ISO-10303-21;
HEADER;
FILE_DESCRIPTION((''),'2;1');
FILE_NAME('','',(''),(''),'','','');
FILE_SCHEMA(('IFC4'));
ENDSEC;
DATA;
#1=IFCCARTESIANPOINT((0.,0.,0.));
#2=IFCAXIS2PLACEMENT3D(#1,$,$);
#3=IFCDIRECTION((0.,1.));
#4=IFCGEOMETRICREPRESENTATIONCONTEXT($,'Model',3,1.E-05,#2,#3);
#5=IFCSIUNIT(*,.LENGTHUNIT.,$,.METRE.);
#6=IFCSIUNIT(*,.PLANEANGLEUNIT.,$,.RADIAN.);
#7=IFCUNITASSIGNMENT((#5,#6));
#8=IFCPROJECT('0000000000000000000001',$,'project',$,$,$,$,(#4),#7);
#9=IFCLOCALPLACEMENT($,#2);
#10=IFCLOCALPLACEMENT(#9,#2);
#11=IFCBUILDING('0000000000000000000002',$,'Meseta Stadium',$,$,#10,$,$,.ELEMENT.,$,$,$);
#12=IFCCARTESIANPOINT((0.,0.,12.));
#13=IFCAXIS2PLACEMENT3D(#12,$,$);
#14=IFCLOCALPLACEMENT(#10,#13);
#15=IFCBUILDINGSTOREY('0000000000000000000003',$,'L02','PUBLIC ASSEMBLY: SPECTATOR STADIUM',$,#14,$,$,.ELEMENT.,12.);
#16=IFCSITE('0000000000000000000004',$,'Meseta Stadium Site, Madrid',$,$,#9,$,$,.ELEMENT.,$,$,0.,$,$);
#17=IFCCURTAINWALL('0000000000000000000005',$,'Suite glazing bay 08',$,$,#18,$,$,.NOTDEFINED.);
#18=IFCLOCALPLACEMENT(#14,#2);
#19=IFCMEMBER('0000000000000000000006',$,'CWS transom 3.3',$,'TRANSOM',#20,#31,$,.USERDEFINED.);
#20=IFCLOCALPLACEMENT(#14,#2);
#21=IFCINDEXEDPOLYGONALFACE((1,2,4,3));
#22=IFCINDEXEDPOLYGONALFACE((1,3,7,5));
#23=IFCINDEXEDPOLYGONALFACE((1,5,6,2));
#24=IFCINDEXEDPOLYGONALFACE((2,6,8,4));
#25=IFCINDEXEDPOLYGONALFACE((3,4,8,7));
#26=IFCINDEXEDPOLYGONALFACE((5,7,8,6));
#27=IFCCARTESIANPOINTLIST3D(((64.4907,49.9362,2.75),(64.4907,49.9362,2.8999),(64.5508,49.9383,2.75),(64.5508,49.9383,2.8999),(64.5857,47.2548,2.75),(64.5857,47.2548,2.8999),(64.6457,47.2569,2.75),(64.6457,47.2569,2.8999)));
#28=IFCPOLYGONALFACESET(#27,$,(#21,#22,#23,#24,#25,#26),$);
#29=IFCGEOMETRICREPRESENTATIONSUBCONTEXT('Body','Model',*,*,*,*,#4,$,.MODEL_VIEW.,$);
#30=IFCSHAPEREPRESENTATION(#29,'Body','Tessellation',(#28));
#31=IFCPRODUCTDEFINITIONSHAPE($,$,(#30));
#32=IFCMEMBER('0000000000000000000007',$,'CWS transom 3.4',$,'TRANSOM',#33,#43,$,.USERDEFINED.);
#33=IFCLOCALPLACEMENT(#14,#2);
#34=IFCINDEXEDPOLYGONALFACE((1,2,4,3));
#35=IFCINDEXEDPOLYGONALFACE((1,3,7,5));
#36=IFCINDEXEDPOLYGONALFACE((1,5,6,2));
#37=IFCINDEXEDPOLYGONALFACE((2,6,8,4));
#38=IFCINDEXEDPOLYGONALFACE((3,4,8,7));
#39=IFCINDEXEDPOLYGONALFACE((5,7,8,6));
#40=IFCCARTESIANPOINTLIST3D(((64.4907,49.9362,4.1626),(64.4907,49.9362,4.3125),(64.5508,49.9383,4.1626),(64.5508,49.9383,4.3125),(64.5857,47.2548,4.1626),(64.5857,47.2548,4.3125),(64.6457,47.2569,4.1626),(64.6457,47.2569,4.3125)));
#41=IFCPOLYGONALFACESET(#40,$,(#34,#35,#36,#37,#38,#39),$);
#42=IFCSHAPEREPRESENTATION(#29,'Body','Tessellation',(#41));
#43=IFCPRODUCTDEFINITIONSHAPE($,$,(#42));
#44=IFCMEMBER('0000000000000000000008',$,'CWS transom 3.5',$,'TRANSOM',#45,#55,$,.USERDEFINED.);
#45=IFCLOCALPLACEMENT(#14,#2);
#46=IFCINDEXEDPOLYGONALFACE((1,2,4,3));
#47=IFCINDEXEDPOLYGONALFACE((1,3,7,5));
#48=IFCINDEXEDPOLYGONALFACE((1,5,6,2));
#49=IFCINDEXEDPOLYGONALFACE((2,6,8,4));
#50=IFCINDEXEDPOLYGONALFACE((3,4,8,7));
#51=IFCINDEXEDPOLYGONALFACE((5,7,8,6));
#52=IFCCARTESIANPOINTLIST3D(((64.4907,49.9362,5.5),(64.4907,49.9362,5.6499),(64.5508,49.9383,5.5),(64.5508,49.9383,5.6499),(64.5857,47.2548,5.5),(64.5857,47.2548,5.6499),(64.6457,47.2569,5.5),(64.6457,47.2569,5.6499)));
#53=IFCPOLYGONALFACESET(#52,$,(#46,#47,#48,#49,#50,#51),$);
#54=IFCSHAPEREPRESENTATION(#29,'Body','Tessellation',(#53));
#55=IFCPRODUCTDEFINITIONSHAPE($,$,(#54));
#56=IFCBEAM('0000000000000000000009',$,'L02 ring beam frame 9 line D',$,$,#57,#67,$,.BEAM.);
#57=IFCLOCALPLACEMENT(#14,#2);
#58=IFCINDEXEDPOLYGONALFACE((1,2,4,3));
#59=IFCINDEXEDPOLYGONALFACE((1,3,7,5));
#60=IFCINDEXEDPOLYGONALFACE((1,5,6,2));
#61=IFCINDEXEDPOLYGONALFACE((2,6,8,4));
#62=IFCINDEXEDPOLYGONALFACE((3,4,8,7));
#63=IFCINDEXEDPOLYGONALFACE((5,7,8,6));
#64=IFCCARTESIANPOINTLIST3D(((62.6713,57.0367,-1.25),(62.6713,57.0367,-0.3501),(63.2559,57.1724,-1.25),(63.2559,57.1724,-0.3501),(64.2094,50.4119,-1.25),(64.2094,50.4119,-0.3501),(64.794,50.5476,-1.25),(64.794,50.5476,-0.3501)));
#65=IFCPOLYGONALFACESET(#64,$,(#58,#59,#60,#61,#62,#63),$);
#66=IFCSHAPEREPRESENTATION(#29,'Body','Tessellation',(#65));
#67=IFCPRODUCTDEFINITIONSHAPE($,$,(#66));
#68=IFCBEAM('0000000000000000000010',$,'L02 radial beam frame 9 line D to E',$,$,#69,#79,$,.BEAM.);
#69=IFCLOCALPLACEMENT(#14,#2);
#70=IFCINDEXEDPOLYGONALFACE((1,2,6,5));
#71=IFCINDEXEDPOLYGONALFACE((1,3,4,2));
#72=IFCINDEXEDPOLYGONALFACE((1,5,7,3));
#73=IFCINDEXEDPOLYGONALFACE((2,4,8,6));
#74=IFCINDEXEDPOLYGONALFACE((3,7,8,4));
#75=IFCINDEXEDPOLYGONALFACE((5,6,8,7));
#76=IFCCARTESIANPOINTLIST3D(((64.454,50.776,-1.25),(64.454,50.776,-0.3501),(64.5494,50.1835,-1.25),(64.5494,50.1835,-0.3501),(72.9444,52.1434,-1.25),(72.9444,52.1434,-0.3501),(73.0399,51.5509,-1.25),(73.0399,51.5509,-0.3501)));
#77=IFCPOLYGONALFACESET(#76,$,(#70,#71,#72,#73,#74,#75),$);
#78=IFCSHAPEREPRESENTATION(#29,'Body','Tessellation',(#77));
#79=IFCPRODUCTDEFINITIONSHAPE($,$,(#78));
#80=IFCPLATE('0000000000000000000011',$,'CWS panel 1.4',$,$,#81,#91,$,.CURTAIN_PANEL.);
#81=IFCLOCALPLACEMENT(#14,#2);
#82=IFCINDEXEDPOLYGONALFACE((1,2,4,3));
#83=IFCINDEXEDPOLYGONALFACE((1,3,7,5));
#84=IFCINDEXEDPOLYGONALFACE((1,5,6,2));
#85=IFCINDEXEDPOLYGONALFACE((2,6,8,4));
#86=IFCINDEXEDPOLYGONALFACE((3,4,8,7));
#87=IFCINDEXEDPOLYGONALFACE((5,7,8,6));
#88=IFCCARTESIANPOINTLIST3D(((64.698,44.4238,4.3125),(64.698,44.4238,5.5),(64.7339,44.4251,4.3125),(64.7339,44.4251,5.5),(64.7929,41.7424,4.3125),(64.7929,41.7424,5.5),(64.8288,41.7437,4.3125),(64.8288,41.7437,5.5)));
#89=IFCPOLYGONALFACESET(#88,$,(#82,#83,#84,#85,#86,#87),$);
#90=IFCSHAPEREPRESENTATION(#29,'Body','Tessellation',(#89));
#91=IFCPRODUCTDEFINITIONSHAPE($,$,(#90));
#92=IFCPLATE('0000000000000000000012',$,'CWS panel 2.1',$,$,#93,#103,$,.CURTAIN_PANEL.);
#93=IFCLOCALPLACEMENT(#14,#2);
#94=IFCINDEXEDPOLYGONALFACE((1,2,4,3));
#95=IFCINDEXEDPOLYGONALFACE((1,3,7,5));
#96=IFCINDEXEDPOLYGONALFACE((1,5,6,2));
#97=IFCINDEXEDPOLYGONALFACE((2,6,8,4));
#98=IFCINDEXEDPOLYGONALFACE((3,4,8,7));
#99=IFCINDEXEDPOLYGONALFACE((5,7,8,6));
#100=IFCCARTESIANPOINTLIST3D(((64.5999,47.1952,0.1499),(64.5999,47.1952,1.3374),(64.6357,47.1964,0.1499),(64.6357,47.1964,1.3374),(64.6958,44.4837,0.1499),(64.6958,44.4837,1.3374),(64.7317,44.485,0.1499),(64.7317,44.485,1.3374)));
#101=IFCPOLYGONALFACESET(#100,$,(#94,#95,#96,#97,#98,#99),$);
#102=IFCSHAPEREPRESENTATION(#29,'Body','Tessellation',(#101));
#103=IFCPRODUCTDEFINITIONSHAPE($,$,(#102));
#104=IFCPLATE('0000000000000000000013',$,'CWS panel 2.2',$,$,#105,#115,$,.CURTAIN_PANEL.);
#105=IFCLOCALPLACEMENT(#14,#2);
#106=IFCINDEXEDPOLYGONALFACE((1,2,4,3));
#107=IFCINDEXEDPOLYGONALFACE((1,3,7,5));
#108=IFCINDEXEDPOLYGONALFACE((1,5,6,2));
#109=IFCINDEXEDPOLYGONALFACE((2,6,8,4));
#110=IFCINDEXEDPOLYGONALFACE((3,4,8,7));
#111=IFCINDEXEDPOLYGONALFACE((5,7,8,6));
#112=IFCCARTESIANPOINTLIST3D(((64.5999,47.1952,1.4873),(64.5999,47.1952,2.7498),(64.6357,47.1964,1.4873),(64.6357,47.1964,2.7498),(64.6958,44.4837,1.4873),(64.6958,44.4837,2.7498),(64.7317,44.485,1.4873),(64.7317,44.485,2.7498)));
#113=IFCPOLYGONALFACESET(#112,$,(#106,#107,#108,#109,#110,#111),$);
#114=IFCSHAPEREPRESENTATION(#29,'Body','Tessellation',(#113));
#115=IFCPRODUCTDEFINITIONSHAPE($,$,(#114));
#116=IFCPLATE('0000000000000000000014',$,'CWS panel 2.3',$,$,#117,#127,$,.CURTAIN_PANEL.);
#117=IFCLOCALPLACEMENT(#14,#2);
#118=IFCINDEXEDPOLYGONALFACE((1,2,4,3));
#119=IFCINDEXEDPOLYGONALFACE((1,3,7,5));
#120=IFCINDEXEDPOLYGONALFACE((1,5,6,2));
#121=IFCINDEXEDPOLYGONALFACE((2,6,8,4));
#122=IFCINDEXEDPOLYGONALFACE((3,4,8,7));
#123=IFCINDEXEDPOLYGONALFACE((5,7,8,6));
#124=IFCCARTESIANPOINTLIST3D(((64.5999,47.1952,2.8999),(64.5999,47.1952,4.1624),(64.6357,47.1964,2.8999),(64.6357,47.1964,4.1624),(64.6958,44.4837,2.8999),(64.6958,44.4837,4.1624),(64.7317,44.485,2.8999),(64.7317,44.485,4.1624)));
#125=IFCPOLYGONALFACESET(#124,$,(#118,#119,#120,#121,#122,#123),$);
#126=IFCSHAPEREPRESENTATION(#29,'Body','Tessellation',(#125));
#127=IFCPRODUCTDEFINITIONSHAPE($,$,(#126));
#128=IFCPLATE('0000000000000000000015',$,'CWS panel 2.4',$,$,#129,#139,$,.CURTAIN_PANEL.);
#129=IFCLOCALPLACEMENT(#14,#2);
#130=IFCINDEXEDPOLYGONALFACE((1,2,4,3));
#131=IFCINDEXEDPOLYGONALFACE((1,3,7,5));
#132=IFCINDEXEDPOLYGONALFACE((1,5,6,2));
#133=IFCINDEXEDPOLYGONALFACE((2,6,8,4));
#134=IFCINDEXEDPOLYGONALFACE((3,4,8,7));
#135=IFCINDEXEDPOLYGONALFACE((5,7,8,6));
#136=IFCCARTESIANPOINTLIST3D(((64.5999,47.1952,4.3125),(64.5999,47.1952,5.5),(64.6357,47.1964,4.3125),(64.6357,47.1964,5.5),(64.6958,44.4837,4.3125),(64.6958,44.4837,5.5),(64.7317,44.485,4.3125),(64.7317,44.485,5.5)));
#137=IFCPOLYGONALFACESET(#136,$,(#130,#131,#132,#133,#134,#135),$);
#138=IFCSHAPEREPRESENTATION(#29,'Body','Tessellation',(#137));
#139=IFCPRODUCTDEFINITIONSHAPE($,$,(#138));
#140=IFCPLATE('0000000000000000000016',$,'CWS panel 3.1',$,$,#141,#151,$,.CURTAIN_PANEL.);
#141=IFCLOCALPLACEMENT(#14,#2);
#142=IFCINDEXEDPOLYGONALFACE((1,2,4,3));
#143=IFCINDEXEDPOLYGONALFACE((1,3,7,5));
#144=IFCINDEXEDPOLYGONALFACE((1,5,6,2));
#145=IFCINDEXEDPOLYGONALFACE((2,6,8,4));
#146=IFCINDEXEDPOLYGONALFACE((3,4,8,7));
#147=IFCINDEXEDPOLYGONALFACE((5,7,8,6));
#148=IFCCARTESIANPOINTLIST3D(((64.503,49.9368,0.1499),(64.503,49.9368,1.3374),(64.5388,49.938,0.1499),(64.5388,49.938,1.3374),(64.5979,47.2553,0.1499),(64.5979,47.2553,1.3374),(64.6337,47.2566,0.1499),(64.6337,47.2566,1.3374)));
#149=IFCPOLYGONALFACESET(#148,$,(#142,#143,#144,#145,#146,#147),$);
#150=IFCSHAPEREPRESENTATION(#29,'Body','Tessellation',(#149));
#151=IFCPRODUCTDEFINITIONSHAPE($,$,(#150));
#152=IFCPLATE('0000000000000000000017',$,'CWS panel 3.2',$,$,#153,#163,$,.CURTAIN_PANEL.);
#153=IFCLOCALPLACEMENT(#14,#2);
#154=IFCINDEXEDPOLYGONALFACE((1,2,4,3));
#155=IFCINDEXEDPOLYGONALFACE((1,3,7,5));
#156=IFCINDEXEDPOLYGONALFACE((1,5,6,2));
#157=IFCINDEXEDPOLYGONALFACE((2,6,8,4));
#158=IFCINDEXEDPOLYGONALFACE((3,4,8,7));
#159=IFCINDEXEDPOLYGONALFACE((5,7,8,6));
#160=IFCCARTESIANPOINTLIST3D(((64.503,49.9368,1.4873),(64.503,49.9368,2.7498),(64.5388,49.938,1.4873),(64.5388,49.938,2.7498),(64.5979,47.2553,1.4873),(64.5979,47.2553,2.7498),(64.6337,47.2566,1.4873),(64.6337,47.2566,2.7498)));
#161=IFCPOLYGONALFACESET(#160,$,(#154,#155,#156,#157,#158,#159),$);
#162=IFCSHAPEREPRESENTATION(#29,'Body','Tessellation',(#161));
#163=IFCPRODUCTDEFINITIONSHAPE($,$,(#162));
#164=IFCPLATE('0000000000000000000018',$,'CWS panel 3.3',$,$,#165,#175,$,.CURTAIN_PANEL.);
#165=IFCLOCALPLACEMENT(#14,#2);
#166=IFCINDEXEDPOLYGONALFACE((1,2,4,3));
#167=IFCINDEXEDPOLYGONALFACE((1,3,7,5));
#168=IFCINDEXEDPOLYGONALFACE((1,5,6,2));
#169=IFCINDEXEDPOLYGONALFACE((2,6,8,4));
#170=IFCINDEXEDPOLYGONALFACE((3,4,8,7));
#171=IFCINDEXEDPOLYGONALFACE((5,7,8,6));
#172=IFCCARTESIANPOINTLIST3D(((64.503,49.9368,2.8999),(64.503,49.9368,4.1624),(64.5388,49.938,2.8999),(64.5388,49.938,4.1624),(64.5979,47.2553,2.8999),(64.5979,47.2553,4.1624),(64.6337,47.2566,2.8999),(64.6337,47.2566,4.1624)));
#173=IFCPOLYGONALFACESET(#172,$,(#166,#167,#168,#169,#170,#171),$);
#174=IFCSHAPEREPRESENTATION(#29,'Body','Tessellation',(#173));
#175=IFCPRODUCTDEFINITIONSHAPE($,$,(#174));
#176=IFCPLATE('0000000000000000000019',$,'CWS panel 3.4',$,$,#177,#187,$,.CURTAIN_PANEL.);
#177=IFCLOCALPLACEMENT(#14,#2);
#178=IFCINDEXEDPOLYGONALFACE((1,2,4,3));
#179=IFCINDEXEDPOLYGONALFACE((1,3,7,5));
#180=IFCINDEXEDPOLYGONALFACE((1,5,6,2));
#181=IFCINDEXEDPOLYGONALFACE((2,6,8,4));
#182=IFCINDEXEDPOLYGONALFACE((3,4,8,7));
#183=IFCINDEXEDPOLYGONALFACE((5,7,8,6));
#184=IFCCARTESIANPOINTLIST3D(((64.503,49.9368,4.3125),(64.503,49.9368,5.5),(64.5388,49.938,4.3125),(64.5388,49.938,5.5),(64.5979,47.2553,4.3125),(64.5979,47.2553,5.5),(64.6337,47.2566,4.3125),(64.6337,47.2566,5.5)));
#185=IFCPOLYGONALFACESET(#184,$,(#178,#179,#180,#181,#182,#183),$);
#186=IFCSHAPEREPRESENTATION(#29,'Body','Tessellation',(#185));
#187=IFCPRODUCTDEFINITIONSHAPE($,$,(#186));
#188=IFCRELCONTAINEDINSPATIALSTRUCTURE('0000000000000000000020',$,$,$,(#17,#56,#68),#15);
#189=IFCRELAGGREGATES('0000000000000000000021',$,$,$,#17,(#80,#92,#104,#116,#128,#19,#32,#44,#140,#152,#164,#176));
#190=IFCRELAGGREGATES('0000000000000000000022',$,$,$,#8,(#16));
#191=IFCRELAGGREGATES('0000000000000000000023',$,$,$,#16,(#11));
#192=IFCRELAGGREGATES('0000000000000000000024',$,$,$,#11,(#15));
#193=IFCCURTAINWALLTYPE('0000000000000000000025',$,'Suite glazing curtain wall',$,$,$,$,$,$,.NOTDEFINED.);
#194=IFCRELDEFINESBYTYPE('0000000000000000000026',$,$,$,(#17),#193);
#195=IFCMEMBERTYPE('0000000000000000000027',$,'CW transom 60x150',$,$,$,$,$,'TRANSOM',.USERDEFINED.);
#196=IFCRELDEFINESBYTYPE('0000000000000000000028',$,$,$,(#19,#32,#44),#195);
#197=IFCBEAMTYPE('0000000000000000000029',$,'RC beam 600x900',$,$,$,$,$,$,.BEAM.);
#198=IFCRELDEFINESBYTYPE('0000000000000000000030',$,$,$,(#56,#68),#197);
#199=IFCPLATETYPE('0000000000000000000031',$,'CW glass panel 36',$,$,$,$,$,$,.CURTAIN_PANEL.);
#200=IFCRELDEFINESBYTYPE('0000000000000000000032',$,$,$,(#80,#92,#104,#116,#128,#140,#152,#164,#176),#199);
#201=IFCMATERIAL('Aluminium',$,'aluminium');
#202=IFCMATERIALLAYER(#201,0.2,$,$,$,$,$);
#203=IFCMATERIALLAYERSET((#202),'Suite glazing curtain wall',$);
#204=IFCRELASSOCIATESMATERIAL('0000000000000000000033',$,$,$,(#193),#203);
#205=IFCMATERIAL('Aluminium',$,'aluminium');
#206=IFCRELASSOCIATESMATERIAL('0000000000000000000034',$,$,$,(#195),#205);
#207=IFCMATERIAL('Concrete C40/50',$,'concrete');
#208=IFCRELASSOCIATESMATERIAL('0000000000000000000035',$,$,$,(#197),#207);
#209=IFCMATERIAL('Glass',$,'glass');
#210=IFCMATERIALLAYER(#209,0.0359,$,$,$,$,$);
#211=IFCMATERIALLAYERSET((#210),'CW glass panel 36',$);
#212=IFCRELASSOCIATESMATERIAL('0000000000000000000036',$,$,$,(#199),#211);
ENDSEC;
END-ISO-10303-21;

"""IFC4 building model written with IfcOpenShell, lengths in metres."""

from ifc_helpers import new_model, si_unit, direction, frame, origin, origin_2d, place, context, subcontext, project, spatial, rectangle, extrude, material, layer, layer_set, material_profile, profile_set, type_object, element, aggregate, save


model = new_model("IFC4")

# Units and contexts
model_context = context("Model", 3, precision=1e-05, world=origin(), true_north=direction((0.0, 1.0)))
body_context = subcontext(model_context, "Body", "Model", "MODEL_VIEW")
ifc_project = project(units=[si_unit("LENGTHUNIT", "METRE"), si_unit("PLANEANGLEUNIT", "RADIAN")], contexts=[model_context])

# Site, building, storey
site_placement = place(None, origin())
site = spatial("IfcSite", under=ifc_project, at=site_placement, Name="Meseta Stadium Site, Madrid", CompositionType="ELEMENT", RefElevation=0.0)
building_placement = place(site_placement, origin())
building = spatial("IfcBuilding", under=site, at=building_placement, Name="Meseta Stadium", CompositionType="ELEMENT")
storey_placement = place(building_placement, frame((0.0, 0.0, 12.0)))
storey = spatial("IfcBuildingStorey", under=building, at=storey_placement, Name="L02", Description="PUBLIC ASSEMBLY: SPECTATOR STADIUM", CompositionType="ELEMENT", Elevation=12.0)

# Curtain wall
ifc_material_1 = material(Name="Aluminium", Category="aluminium")
ifc_layer_1 = layer(ifc_material_1, 0.2)
ifc_layer_set_1 = layer_set([ifc_layer_1], Name="Suite glazing curtain wall")
curtain_wall_type = type_object("IfcCurtainWallType", Name="Suite glazing curtain wall", PredefinedType="NOTDEFINED", material=ifc_layer_set_1)
curtain_wall_1_placement = place(storey_placement, origin())
curtain_wall_1 = element("IfcCurtainWall", 1, at=curtain_wall_1_placement, inside=storey, type_object=curtain_wall_type, Name="Suite glazing bay 08", PredefinedType="NOTDEFINED")

# Members
ifc_material_2 = material(Name="Aluminium", Category="aluminium")
ifc_material_profile_1 = material_profile(ifc_material_2, rectangle(XDim=0.0601, YDim=0.1499, at=origin_2d()), Name="CW 60x150")
ifc_profile_set_1 = profile_set([ifc_material_profile_1], Name="Aluminium")
member_type_1 = type_object("IfcMemberType", Name="CW transom 60x150", ElementType="TRANSOM", PredefinedType="USERDEFINED", material=ifc_profile_set_1)
member_1_placement = place(storey_placement, frame((64.6157, 47.2559, 2.825), z_axis=(-0.035396, 0.999373, 0.0), x_axis=(-0.999373, -0.035396, 0.0)))
member_1 = element("IfcMember", 2, at=member_1_placement, type_object=member_type_1, Name="CWS transom 3.3", ObjectType="TRANSOM", PredefinedType="USERDEFINED", context=body_context, shape_type="SweptSolid", body=[
    extrude(rectangle(XDim=0.0601, YDim=0.1499, at=origin_2d()), origin(), (0.0, 0.0, 1.0), 2.6831),
])
member_2_placement = place(storey_placement, frame((64.6157, 47.2559, 4.2375), z_axis=(-0.035396, 0.999373, 0.0), x_axis=(-0.999373, -0.035396, 0.0)))
member_2 = element("IfcMember", 3, at=member_2_placement, type_object=member_type_1, Name="CWS transom 3.4", ObjectType="TRANSOM", PredefinedType="USERDEFINED", context=body_context, shape_type="SweptSolid", body=[
    extrude(rectangle(XDim=0.0601, YDim=0.1499, at=origin_2d()), origin(), (0.0, 0.0, 1.0), 2.6831),
])
member_3_placement = place(storey_placement, frame((64.6157, 47.2559, 5.575), z_axis=(-0.035396, 0.999373, 0.0), x_axis=(-0.999373, -0.035396, 0.0)))
member_3 = element("IfcMember", 4, at=member_3_placement, type_object=member_type_1, Name="CWS transom 3.5", ObjectType="TRANSOM", PredefinedType="USERDEFINED", context=body_context, shape_type="SweptSolid", body=[
    extrude(rectangle(XDim=0.0601, YDim=0.1499, at=origin_2d()), origin(), (0.0, 0.0, 1.0), 2.6831),
])

# Beams
ifc_material_3 = material(Name="Concrete C40/50", Category="concrete")
ifc_material_profile_2 = material_profile(ifc_material_3, rectangle(XDim=0.6001, YDim=0.8999, at=origin_2d()), Name="RC 600x900")
ifc_profile_set_2 = profile_set([ifc_material_profile_2], Name="Concrete C40/50")
beam_type = type_object("IfcBeamType", Name="RC beam 600x900", PredefinedType="BEAM", material=ifc_profile_set_2)
beam_1_placement = place(storey_placement, frame((64.5017, 50.4797, -0.8), z_axis=(-0.226157, 0.974091, 0.0), x_axis=(-0.974091, -0.226157, 0.0)))
element("IfcBeam", 5, at=beam_1_placement, inside=storey, type_object=beam_type, Name="L02 ring beam frame 9 line D", PredefinedType="BEAM", context=body_context, shape_type="SweptSolid", body=[
    extrude(rectangle(XDim=0.6001, YDim=0.8999, at=origin_2d()), origin(), (0.0, 0.0, 1.0), 6.801),
])
beam_2_placement = place(storey_placement, frame((64.5017, 50.4797, -0.8), z_axis=(0.987278, 0.159006, 0.0), x_axis=(-0.159006, 0.987278, 0.0)))
element("IfcBeam", 6, at=beam_2_placement, inside=storey, type_object=beam_type, Name="L02 radial beam frame 9 line D to E", PredefinedType="BEAM", context=body_context, shape_type="SweptSolid", body=[
    extrude(rectangle(XDim=0.6001, YDim=0.8999, at=origin_2d()), origin(), (0.0, 0.0, 1.0), 8.5999),
])

# Plates
ifc_material_4 = material(Name="Glass", Category="glass")
ifc_layer_2 = layer(ifc_material_4, 0.0359)
ifc_layer_set_2 = layer_set([ifc_layer_2], Name="CW glass panel 36")
plate_type = type_object("IfcPlateType", Name="CW glass panel 36", PredefinedType="CURTAIN_PANEL", material=ifc_layer_set_2)
plate_1_placement = place(storey_placement, frame((64.7634, 43.0837, 4.3125), z_axis=(0.0, 0.0, 1.0), x_axis=(-0.035371, 0.999374, 0.0)))
plate_1 = element("IfcPlate", 7, at=plate_1_placement, type_object=plate_type, Name="CWS panel 1.4", PredefinedType="CURTAIN_PANEL", context=body_context, shape_type="SweptSolid", body=[
    extrude(rectangle(XDim=2.6831, YDim=0.0359, at=origin_2d()), origin(), (0.0, 0.0, 1.0), 1.1875),
])
plate_2_placement = place(storey_placement, frame((64.6658, 45.8401, 0.1499), z_axis=(0.0, 0.0, 1.0), x_axis=(-0.035371, 0.999374, 0.0)))
plate_2 = element("IfcPlate", 8, at=plate_2_placement, type_object=plate_type, Name="CWS panel 2.1", PredefinedType="CURTAIN_PANEL", context=body_context, shape_type="SweptSolid", body=[
    extrude(rectangle(XDim=2.7131, YDim=0.0359, at=origin_2d()), origin(), (0.0, 0.0, 1.0), 1.1875),
])
plate_3_placement = place(storey_placement, frame((64.6658, 45.8401, 1.4873), z_axis=(0.0, 0.0, 1.0), x_axis=(-0.035371, 0.999374, 0.0)))
plate_3 = element("IfcPlate", 9, at=plate_3_placement, type_object=plate_type, Name="CWS panel 2.2", PredefinedType="CURTAIN_PANEL", context=body_context, shape_type="SweptSolid", body=[
    extrude(rectangle(XDim=2.7131, YDim=0.0359, at=origin_2d()), origin(), (0.0, 0.0, 1.0), 1.2625),
])
plate_4_placement = place(storey_placement, frame((64.6658, 45.8401, 2.8999), z_axis=(0.0, 0.0, 1.0), x_axis=(-0.035371, 0.999374, 0.0)))
plate_4 = element("IfcPlate", 10, at=plate_4_placement, type_object=plate_type, Name="CWS panel 2.3", PredefinedType="CURTAIN_PANEL", context=body_context, shape_type="SweptSolid", body=[
    extrude(rectangle(XDim=2.7131, YDim=0.0359, at=origin_2d()), origin(), (0.0, 0.0, 1.0), 1.2625),
])
plate_5_placement = place(storey_placement, frame((64.6658, 45.8401, 4.3125), z_axis=(0.0, 0.0, 1.0), x_axis=(-0.035371, 0.999374, 0.0)))
plate_5 = element("IfcPlate", 11, at=plate_5_placement, type_object=plate_type, Name="CWS panel 2.4", PredefinedType="CURTAIN_PANEL", context=body_context, shape_type="SweptSolid", body=[
    extrude(rectangle(XDim=2.7131, YDim=0.0359, at=origin_2d()), origin(), (0.0, 0.0, 1.0), 1.1875),
])
plate_6_placement = place(storey_placement, frame((64.5684, 48.5967, 0.1499), z_axis=(0.0, 0.0, 1.0), x_axis=(-0.035371, 0.999374, 0.0)))
plate_6 = element("IfcPlate", 12, at=plate_6_placement, type_object=plate_type, Name="CWS panel 3.1", PredefinedType="CURTAIN_PANEL", context=body_context, shape_type="SweptSolid", body=[
    extrude(rectangle(XDim=2.6831, YDim=0.0359, at=origin_2d()), origin(), (0.0, 0.0, 1.0), 1.1875),
])
plate_7_placement = place(storey_placement, frame((64.5684, 48.5967, 1.4873), z_axis=(0.0, 0.0, 1.0), x_axis=(-0.035371, 0.999374, 0.0)))
plate_7 = element("IfcPlate", 13, at=plate_7_placement, type_object=plate_type, Name="CWS panel 3.2", PredefinedType="CURTAIN_PANEL", context=body_context, shape_type="SweptSolid", body=[
    extrude(rectangle(XDim=2.6831, YDim=0.0359, at=origin_2d()), origin(), (0.0, 0.0, 1.0), 1.2625),
])
plate_8_placement = place(storey_placement, frame((64.5684, 48.5967, 2.8999), z_axis=(0.0, 0.0, 1.0), x_axis=(-0.035371, 0.999374, 0.0)))
plate_8 = element("IfcPlate", 14, at=plate_8_placement, type_object=plate_type, Name="CWS panel 3.3", PredefinedType="CURTAIN_PANEL", context=body_context, shape_type="SweptSolid", body=[
    extrude(rectangle(XDim=2.6831, YDim=0.0359, at=origin_2d()), origin(), (0.0, 0.0, 1.0), 1.2625),
])
plate_9_placement = place(storey_placement, frame((64.5684, 48.5967, 4.3125), z_axis=(0.0, 0.0, 1.0), x_axis=(-0.035371, 0.999374, 0.0)))
plate_9 = element("IfcPlate", 15, at=plate_9_placement, type_object=plate_type, Name="CWS panel 3.4", PredefinedType="CURTAIN_PANEL", context=body_context, shape_type="SweptSolid", body=[
    extrude(rectangle(XDim=2.6831, YDim=0.0359, at=origin_2d()), origin(), (0.0, 0.0, 1.0), 1.1875),
])
aggregate(curtain_wall_1, [plate_1, plate_2, plate_3, plate_4, plate_5, member_1, member_2, member_3, plate_6, plate_7, plate_8, plate_9])

save(model, "model.ifc")
